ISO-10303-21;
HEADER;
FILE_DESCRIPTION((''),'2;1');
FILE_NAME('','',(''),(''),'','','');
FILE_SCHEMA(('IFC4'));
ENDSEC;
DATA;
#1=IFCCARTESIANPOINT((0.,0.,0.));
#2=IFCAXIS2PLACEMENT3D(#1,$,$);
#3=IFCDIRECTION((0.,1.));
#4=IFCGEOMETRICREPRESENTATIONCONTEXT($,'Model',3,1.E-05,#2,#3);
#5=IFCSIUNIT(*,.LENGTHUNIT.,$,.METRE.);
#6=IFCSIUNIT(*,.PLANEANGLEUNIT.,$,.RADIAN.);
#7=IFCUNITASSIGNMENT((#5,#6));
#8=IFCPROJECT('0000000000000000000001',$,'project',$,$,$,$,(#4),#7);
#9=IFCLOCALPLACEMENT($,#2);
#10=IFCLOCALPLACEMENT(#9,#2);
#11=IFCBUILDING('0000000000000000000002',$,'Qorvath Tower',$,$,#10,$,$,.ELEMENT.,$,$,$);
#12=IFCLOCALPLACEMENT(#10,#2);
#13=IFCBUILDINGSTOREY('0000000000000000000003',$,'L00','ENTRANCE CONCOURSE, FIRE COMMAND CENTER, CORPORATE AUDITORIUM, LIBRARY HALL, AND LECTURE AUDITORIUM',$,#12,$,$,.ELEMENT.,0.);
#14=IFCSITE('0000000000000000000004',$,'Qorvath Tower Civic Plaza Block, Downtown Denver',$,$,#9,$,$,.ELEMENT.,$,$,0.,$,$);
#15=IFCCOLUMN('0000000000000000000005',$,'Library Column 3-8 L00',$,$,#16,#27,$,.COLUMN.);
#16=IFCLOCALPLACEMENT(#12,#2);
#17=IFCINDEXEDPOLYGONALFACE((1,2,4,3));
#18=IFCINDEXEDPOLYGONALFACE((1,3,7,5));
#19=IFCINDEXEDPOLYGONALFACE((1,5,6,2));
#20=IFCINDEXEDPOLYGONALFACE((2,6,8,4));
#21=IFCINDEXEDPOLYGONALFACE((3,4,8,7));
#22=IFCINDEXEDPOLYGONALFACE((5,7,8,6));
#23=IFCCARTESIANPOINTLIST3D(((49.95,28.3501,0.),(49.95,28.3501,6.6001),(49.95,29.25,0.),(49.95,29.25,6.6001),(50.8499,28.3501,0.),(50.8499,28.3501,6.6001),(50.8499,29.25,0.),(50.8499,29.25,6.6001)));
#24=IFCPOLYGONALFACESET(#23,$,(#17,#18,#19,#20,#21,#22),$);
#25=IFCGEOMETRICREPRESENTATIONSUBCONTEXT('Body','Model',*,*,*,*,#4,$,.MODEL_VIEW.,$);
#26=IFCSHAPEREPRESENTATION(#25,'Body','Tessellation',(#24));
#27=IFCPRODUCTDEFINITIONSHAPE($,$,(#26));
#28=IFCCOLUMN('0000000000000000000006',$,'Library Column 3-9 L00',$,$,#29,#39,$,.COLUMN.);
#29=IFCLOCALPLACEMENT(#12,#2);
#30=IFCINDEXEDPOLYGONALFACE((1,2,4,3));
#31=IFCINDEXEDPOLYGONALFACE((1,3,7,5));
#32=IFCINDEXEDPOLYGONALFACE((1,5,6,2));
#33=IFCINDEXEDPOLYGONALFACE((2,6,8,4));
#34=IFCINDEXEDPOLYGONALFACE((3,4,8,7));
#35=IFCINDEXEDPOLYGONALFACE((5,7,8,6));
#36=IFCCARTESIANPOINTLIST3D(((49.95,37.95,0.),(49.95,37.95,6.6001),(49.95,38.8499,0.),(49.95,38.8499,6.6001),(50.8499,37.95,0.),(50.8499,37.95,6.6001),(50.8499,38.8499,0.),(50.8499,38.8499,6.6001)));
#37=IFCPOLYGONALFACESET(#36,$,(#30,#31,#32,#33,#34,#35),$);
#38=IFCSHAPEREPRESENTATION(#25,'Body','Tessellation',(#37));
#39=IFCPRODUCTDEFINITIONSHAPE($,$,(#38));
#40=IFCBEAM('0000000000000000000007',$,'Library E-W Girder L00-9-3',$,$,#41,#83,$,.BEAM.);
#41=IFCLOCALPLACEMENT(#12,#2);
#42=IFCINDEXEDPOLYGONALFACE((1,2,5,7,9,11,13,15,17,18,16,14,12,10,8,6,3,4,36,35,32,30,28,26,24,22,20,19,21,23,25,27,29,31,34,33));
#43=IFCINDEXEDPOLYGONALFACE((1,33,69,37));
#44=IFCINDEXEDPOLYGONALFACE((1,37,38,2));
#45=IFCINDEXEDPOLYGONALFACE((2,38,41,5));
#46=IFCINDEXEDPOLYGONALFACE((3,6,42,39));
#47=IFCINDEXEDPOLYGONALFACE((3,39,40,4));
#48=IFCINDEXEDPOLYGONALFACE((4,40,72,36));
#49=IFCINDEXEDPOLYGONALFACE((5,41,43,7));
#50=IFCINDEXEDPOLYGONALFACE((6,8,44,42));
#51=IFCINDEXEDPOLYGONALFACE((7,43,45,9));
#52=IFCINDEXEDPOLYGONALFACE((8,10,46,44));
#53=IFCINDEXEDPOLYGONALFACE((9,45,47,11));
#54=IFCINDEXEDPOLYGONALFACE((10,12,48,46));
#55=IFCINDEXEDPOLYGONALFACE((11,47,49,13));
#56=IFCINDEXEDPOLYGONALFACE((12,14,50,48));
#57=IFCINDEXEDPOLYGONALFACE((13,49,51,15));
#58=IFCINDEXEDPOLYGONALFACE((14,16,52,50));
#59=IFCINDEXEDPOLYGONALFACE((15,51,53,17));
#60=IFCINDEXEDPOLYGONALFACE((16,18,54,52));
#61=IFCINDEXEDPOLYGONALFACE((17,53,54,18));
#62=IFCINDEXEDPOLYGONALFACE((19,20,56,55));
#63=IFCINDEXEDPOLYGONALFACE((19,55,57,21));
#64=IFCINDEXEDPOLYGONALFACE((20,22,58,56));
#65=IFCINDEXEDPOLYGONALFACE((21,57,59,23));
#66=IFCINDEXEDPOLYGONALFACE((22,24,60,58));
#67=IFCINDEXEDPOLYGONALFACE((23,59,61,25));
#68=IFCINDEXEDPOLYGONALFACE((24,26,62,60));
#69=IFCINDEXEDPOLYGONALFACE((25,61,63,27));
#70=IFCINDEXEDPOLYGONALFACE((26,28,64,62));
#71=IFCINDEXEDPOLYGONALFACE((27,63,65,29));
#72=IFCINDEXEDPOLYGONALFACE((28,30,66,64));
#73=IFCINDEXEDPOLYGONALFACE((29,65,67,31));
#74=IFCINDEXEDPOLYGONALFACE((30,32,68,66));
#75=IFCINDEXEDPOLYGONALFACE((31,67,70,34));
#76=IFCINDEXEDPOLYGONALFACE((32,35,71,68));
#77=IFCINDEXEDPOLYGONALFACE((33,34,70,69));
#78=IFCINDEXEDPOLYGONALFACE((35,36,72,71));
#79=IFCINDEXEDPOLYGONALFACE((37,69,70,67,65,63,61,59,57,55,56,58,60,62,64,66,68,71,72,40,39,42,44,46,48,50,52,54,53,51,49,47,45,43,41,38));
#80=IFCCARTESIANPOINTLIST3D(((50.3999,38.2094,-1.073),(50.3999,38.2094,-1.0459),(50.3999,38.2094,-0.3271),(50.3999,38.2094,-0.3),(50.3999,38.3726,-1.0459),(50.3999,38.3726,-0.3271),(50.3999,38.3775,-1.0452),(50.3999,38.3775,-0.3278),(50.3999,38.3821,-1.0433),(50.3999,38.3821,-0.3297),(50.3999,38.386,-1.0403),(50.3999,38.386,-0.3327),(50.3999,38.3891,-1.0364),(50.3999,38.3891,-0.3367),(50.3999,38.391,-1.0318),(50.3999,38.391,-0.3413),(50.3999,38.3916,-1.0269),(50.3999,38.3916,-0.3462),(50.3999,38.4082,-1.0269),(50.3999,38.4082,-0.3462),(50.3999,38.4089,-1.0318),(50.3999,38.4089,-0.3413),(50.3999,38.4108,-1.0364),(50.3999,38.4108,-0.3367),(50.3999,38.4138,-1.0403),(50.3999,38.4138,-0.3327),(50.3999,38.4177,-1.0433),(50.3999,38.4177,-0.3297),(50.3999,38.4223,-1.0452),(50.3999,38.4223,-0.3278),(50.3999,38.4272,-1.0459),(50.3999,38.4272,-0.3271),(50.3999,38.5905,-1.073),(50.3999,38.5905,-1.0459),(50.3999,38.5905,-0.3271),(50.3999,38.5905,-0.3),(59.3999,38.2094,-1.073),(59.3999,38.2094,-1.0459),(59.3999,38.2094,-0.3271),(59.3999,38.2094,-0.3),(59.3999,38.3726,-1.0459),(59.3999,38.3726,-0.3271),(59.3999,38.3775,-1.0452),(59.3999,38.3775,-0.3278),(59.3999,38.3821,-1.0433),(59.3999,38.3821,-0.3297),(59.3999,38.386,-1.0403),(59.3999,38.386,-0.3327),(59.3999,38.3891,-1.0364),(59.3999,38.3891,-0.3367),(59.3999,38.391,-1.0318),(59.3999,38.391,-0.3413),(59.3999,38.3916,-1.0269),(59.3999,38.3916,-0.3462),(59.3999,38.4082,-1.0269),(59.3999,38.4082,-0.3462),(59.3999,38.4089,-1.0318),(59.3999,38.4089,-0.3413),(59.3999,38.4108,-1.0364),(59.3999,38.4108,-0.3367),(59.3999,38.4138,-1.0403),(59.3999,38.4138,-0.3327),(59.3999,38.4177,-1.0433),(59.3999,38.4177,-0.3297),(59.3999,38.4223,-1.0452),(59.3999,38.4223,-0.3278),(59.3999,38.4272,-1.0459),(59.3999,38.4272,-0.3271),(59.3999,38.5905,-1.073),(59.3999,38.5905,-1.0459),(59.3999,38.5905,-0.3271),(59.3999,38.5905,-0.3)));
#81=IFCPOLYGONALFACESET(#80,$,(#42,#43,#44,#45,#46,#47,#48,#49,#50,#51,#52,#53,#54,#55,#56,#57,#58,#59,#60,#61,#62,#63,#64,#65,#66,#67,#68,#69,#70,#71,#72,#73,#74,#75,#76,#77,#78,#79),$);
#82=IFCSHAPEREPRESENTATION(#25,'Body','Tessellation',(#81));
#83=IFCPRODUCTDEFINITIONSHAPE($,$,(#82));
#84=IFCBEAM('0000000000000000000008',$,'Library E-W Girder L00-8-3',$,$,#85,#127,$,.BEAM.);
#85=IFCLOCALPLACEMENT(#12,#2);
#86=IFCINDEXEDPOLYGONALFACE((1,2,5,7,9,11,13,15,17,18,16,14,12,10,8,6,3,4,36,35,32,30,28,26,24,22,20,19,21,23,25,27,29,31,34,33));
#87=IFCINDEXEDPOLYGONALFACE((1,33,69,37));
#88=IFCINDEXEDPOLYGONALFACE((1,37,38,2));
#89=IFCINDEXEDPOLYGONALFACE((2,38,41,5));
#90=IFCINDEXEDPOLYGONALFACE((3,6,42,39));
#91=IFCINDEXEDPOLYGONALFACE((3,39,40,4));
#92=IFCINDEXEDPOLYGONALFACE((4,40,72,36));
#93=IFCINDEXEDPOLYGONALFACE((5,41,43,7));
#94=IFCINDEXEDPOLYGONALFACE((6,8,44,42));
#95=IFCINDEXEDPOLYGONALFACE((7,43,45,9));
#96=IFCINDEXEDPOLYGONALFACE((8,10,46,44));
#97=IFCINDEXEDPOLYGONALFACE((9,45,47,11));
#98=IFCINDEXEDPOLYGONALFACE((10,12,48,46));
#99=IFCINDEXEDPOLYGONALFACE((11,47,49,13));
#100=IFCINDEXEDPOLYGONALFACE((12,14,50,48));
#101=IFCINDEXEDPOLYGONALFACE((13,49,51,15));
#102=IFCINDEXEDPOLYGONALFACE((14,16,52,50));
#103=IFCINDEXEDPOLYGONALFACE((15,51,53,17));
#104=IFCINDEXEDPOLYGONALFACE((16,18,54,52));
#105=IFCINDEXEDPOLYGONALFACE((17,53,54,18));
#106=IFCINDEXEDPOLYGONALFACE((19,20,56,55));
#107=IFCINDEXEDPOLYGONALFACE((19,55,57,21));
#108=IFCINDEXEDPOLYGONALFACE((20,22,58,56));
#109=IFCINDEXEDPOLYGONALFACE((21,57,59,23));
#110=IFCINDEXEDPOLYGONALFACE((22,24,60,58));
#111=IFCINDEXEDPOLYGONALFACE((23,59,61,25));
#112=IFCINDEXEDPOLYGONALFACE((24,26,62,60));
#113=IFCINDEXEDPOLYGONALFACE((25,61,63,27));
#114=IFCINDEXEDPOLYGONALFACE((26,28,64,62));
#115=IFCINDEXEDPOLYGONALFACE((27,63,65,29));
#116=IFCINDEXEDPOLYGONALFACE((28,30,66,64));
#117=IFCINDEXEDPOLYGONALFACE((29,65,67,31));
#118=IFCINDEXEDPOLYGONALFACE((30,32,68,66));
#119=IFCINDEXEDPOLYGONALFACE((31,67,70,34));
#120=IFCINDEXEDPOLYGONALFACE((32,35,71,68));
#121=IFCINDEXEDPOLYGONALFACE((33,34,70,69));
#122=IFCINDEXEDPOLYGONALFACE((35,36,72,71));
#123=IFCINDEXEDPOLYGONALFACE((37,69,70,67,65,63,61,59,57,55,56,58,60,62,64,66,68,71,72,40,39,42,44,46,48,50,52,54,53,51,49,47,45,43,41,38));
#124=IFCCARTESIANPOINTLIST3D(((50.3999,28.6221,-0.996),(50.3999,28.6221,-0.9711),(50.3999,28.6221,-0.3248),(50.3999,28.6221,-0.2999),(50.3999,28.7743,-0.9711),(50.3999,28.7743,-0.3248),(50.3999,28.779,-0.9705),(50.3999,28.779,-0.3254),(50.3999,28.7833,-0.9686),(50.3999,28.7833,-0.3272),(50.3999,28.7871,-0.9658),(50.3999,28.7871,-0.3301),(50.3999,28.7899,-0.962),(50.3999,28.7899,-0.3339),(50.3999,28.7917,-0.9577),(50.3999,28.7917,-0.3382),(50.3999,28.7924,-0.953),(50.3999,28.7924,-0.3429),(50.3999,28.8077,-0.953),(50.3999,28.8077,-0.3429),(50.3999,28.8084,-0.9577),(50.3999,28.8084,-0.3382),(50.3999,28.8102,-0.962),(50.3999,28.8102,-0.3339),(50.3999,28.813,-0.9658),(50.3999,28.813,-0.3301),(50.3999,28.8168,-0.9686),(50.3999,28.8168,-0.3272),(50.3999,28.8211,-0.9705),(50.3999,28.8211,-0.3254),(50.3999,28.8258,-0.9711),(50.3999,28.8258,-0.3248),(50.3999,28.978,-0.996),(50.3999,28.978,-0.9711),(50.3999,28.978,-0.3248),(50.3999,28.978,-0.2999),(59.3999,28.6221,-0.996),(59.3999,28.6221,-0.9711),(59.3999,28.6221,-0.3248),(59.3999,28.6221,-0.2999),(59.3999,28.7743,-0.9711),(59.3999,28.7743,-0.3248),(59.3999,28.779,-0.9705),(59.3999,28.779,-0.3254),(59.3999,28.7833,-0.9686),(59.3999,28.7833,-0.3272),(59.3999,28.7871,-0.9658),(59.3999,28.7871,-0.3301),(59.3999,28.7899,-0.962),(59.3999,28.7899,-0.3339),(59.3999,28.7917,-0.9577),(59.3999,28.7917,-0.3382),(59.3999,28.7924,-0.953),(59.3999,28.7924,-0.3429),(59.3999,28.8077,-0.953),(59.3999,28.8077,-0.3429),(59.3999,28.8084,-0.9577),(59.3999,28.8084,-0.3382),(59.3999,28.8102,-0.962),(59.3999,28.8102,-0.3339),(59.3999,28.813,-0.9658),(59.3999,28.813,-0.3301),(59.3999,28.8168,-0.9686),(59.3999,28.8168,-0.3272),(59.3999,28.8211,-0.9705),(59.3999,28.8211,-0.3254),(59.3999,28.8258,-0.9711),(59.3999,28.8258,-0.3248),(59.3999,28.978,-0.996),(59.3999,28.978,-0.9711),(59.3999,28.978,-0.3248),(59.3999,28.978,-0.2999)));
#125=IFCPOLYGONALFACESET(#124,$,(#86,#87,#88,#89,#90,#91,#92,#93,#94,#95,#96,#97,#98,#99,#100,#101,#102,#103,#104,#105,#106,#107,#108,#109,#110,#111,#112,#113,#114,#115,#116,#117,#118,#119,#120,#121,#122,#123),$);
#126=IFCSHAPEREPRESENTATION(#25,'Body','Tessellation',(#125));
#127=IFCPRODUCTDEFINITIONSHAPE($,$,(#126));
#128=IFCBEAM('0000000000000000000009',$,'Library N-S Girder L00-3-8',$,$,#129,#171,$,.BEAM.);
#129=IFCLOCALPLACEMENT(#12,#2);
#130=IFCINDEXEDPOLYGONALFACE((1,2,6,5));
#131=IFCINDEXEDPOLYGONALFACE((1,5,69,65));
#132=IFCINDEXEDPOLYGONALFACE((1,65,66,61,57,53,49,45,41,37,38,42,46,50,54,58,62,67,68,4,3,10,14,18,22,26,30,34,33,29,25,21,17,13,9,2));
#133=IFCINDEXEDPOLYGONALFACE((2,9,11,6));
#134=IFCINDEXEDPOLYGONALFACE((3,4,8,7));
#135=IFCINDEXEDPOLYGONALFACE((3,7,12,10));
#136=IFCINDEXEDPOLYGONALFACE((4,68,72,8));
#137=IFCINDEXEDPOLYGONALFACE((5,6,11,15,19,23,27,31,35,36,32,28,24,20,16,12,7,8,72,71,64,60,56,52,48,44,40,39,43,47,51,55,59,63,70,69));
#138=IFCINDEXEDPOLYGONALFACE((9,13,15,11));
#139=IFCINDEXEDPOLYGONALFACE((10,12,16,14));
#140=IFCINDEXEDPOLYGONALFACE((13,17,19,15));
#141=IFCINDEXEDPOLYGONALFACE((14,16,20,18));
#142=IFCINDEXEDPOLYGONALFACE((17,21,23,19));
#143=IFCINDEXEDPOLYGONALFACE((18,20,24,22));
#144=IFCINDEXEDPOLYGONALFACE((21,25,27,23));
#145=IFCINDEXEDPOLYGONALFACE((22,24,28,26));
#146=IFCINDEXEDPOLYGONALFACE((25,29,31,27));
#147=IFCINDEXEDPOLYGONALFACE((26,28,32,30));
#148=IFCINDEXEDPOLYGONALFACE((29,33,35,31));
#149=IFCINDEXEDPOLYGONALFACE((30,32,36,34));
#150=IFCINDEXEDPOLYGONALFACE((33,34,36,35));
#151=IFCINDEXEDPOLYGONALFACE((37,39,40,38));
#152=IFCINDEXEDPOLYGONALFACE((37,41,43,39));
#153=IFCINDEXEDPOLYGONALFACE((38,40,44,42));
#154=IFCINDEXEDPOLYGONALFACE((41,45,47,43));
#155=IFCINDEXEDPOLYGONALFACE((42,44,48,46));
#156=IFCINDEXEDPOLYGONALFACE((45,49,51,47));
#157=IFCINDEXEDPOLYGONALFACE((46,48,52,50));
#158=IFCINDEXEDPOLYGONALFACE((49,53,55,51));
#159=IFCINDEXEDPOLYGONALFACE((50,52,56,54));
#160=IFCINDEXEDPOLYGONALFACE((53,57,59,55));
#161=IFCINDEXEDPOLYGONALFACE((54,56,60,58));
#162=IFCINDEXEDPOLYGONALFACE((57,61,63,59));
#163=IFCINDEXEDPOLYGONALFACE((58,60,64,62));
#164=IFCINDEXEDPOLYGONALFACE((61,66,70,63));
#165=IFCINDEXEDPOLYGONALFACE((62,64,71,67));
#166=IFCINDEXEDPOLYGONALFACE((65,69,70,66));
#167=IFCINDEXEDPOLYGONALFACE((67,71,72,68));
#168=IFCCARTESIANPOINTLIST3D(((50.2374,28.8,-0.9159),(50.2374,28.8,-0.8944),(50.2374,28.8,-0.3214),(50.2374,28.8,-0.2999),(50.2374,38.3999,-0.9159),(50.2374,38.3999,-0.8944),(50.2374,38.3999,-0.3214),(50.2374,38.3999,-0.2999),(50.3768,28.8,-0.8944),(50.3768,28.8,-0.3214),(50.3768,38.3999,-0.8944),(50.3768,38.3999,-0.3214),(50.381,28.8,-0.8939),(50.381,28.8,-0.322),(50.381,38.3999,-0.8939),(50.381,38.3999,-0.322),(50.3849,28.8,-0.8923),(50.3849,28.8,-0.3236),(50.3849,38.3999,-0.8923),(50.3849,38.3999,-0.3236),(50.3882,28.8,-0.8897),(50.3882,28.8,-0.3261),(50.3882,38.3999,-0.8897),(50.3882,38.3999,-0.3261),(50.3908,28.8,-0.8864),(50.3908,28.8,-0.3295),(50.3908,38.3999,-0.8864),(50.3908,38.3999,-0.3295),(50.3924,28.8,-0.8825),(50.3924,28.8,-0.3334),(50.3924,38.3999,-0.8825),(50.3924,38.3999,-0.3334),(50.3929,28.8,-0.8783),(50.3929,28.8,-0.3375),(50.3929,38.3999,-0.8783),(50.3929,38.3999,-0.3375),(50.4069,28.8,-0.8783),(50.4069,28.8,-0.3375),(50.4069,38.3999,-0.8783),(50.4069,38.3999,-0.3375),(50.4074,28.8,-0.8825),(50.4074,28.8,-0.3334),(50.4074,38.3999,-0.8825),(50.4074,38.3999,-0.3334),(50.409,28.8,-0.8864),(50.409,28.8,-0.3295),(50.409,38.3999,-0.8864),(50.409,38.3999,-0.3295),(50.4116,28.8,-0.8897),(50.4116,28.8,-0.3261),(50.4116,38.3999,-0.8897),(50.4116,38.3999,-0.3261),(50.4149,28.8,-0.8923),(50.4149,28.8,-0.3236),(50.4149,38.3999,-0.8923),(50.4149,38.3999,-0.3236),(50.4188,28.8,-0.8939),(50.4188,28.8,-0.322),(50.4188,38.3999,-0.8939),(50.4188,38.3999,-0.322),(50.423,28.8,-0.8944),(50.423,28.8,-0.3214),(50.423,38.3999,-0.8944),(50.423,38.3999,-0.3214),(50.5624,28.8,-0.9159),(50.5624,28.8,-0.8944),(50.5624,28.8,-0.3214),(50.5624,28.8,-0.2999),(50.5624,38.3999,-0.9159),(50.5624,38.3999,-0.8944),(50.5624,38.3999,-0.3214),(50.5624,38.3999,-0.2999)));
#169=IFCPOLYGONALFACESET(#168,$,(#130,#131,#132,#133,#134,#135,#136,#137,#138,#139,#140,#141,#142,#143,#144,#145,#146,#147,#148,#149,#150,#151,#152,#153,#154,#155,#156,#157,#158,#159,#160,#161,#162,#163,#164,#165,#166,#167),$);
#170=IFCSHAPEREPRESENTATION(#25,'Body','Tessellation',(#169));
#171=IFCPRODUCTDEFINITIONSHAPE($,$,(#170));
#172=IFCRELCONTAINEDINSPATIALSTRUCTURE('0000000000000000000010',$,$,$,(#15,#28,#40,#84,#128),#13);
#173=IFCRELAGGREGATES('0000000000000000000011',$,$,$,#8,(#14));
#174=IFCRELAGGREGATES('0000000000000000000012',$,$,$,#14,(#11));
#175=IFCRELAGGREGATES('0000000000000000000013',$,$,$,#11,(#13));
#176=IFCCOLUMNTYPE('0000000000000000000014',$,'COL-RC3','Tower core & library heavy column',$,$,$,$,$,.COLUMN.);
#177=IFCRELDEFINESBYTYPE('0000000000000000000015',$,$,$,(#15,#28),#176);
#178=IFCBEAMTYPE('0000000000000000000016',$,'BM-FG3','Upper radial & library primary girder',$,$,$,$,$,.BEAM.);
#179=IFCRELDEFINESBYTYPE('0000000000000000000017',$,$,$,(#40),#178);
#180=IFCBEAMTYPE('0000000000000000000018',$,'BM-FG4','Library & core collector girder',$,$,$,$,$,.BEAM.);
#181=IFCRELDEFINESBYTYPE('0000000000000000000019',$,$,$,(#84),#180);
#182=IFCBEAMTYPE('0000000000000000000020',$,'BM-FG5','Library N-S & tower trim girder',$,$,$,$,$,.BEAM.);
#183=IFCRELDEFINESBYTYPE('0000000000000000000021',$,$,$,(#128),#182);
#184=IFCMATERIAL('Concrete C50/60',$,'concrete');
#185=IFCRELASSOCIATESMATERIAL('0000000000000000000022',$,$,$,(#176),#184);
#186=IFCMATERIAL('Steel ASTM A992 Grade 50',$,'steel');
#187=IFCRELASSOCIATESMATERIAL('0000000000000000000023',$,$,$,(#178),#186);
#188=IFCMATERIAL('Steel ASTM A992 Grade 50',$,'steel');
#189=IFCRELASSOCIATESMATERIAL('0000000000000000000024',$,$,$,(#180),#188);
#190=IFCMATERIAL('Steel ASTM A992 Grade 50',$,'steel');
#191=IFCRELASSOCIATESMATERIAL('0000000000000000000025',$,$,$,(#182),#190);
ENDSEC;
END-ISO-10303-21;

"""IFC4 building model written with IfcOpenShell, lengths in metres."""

from ifc_helpers import new_model, si_unit, direction, frame, origin, origin_2d, place, context, subcontext, project, spatial, rectangle, i_section, extrude, material, material_profile, profile_set, type_object, element, save


model = new_model("IFC4")

# Units and contexts
model_context = context("Model", 3, precision=1e-05, world=origin(), true_north=direction((0.0, 1.0)))
body_context = subcontext(model_context, "Body", "Model", "MODEL_VIEW")
ifc_project = project(units=[si_unit("LENGTHUNIT", "METRE"), si_unit("PLANEANGLEUNIT", "RADIAN")], contexts=[model_context])

# Site, building, storey
site_placement = place(None, origin())
site = spatial("IfcSite", under=ifc_project, at=site_placement, Name="Qorvath Tower Civic Plaza Block, Downtown Denver", CompositionType="ELEMENT", RefElevation=0.0)
building_placement = place(site_placement, origin())
building = spatial("IfcBuilding", under=site, at=building_placement, Name="Qorvath Tower", CompositionType="ELEMENT")
storey_placement = place(building_placement, origin())
storey = spatial("IfcBuildingStorey", under=building, at=storey_placement, Name="L00", Description="ENTRANCE CONCOURSE, FIRE COMMAND CENTER, CORPORATE AUDITORIUM, LIBRARY HALL, AND LECTURE AUDITORIUM", CompositionType="ELEMENT", Elevation=0.0)

# Columns
ifc_material_1 = material(Name="Concrete C50/60", Category="concrete")
ifc_material_profile_1 = material_profile(ifc_material_1, rectangle(XDim=0.8999, YDim=0.8999, at=origin_2d()), Name="RC 900x900")
ifc_profile_set_1 = profile_set([ifc_material_profile_1], Name="Concrete C50/60")
column_type = type_object("IfcColumnType", Name="COL-RC3", Description="Tower core & library heavy column", PredefinedType="COLUMN", material=ifc_profile_set_1)
for number, where, z_axis, x_axis, name in (
    (1, (50.3999, 28.8, 0.0), (0.0, 0.0, 1.0), (1.0, 0.0, 0.0), "Library Column 3-8 L00"),
    (2, (50.3999, 38.3999, 0.0), (0.0, 0.0, 1.0), (1.0, 0.0, 0.0), "Library Column 3-9 L00"),
):
    element("IfcColumn", number, at=place(storey_placement, frame(where, z_axis=z_axis, x_axis=x_axis)), inside=storey, type_object=column_type, Name=name, PredefinedType="COLUMN", context=body_context, shape_type="SweptSolid", body=[
        extrude(rectangle(XDim=0.8999, YDim=0.8999, at=origin_2d()), origin(), (0.0, 0.0, 1.0), 6.6001),
    ])

# Beams
ifc_material_2 = material(Name="Steel ASTM A992 Grade 50", Category="steel")
ifc_material_profile_2 = material_profile(ifc_material_2, i_section(OverallWidth=0.3811, OverallDepth=0.7729, WebThickness=0.0166, FlangeThickness=0.0271, FilletRadius=0.019, at=origin_2d()), Name="W30x173")
ifc_profile_set_2 = profile_set([ifc_material_profile_2], Name="Steel ASTM A992 Grade 50")
beam_type_1 = type_object("IfcBeamType", Name="BM-FG3", Description="Upper radial & library primary girder", PredefinedType="BEAM", material=ifc_profile_set_2)
beam_1_placement = place(storey_placement, frame((50.3999, 38.3999, -0.6865), z_axis=(1.0, 0.0, 0.0), x_axis=(0.0, 1.0, 0.0)))
element("IfcBeam", 3, at=beam_1_placement, inside=storey, type_object=beam_type_1, Name="Library E-W Girder L00-9-3", PredefinedType="BEAM", context=body_context, shape_type="SweptSolid", body=[
    extrude(i_section(OverallWidth=0.3811, OverallDepth=0.7729, WebThickness=0.0166, FlangeThickness=0.0271, FilletRadius=0.019, at=origin_2d()), origin(), (0.0, 0.0, 1.0), 9.0),
])
ifc_material_3 = material(Name="Steel ASTM A992 Grade 50", Category="steel")
ifc_material_profile_3 = material_profile(ifc_material_3, i_section(OverallWidth=0.356, OverallDepth=0.696, WebThickness=0.0154, FlangeThickness=0.0249, FilletRadius=0.0181, at=origin_2d()), Name="W27x146")
ifc_profile_set_3 = profile_set([ifc_material_profile_3], Name="Steel ASTM A992 Grade 50")
beam_type_2 = type_object("IfcBeamType", Name="BM-FG4", Description="Library & core collector girder", PredefinedType="BEAM", material=ifc_profile_set_3)
beam_2_placement = place(storey_placement, frame((50.3999, 28.8, -0.6479), z_axis=(1.0, 0.0, 0.0), x_axis=(0.0, 1.0, 0.0)))
element("IfcBeam", 4, at=beam_2_placement, inside=storey, type_object=beam_type_2, Name="Library E-W Girder L00-8-3", PredefinedType="BEAM", context=body_context, shape_type="SweptSolid", body=[
    extrude(i_section(OverallWidth=0.356, OverallDepth=0.696, WebThickness=0.0154, FlangeThickness=0.0249, FilletRadius=0.0181, at=origin_2d()), origin(), (0.0, 0.0, 1.0), 9.0),
])
ifc_material_4 = material(Name="Steel ASTM A992 Grade 50", Category="steel")
ifc_material_profile_4 = material_profile(ifc_material_4, i_section(OverallWidth=0.325, OverallDepth=0.616, WebThickness=0.0139, FlangeThickness=0.0215, FilletRadius=0.0161, at=origin_2d()), Name="W24x117")
ifc_profile_set_4 = profile_set([ifc_material_profile_4], Name="Steel ASTM A992 Grade 50")
beam_type_3 = type_object("IfcBeamType", Name="BM-FG5", Description="Library N-S & tower trim girder", PredefinedType="BEAM", material=ifc_profile_set_4)
beam_3_placement = place(storey_placement, frame((50.3999, 28.8, -0.6079), z_axis=(0.0, 1.0, 0.0), x_axis=(-1.0, 0.0, 0.0)))
element("IfcBeam", 5, at=beam_3_placement, inside=storey, type_object=beam_type_3, Name="Library N-S Girder L00-3-8", PredefinedType="BEAM", context=body_context, shape_type="SweptSolid", body=[
    extrude(i_section(OverallWidth=0.325, OverallDepth=0.616, WebThickness=0.0139, FlangeThickness=0.0215, FilletRadius=0.0161, at=origin_2d()), origin(), (0.0, 0.0, 1.0), 9.5999),
])

save(model, "model.ifc")
